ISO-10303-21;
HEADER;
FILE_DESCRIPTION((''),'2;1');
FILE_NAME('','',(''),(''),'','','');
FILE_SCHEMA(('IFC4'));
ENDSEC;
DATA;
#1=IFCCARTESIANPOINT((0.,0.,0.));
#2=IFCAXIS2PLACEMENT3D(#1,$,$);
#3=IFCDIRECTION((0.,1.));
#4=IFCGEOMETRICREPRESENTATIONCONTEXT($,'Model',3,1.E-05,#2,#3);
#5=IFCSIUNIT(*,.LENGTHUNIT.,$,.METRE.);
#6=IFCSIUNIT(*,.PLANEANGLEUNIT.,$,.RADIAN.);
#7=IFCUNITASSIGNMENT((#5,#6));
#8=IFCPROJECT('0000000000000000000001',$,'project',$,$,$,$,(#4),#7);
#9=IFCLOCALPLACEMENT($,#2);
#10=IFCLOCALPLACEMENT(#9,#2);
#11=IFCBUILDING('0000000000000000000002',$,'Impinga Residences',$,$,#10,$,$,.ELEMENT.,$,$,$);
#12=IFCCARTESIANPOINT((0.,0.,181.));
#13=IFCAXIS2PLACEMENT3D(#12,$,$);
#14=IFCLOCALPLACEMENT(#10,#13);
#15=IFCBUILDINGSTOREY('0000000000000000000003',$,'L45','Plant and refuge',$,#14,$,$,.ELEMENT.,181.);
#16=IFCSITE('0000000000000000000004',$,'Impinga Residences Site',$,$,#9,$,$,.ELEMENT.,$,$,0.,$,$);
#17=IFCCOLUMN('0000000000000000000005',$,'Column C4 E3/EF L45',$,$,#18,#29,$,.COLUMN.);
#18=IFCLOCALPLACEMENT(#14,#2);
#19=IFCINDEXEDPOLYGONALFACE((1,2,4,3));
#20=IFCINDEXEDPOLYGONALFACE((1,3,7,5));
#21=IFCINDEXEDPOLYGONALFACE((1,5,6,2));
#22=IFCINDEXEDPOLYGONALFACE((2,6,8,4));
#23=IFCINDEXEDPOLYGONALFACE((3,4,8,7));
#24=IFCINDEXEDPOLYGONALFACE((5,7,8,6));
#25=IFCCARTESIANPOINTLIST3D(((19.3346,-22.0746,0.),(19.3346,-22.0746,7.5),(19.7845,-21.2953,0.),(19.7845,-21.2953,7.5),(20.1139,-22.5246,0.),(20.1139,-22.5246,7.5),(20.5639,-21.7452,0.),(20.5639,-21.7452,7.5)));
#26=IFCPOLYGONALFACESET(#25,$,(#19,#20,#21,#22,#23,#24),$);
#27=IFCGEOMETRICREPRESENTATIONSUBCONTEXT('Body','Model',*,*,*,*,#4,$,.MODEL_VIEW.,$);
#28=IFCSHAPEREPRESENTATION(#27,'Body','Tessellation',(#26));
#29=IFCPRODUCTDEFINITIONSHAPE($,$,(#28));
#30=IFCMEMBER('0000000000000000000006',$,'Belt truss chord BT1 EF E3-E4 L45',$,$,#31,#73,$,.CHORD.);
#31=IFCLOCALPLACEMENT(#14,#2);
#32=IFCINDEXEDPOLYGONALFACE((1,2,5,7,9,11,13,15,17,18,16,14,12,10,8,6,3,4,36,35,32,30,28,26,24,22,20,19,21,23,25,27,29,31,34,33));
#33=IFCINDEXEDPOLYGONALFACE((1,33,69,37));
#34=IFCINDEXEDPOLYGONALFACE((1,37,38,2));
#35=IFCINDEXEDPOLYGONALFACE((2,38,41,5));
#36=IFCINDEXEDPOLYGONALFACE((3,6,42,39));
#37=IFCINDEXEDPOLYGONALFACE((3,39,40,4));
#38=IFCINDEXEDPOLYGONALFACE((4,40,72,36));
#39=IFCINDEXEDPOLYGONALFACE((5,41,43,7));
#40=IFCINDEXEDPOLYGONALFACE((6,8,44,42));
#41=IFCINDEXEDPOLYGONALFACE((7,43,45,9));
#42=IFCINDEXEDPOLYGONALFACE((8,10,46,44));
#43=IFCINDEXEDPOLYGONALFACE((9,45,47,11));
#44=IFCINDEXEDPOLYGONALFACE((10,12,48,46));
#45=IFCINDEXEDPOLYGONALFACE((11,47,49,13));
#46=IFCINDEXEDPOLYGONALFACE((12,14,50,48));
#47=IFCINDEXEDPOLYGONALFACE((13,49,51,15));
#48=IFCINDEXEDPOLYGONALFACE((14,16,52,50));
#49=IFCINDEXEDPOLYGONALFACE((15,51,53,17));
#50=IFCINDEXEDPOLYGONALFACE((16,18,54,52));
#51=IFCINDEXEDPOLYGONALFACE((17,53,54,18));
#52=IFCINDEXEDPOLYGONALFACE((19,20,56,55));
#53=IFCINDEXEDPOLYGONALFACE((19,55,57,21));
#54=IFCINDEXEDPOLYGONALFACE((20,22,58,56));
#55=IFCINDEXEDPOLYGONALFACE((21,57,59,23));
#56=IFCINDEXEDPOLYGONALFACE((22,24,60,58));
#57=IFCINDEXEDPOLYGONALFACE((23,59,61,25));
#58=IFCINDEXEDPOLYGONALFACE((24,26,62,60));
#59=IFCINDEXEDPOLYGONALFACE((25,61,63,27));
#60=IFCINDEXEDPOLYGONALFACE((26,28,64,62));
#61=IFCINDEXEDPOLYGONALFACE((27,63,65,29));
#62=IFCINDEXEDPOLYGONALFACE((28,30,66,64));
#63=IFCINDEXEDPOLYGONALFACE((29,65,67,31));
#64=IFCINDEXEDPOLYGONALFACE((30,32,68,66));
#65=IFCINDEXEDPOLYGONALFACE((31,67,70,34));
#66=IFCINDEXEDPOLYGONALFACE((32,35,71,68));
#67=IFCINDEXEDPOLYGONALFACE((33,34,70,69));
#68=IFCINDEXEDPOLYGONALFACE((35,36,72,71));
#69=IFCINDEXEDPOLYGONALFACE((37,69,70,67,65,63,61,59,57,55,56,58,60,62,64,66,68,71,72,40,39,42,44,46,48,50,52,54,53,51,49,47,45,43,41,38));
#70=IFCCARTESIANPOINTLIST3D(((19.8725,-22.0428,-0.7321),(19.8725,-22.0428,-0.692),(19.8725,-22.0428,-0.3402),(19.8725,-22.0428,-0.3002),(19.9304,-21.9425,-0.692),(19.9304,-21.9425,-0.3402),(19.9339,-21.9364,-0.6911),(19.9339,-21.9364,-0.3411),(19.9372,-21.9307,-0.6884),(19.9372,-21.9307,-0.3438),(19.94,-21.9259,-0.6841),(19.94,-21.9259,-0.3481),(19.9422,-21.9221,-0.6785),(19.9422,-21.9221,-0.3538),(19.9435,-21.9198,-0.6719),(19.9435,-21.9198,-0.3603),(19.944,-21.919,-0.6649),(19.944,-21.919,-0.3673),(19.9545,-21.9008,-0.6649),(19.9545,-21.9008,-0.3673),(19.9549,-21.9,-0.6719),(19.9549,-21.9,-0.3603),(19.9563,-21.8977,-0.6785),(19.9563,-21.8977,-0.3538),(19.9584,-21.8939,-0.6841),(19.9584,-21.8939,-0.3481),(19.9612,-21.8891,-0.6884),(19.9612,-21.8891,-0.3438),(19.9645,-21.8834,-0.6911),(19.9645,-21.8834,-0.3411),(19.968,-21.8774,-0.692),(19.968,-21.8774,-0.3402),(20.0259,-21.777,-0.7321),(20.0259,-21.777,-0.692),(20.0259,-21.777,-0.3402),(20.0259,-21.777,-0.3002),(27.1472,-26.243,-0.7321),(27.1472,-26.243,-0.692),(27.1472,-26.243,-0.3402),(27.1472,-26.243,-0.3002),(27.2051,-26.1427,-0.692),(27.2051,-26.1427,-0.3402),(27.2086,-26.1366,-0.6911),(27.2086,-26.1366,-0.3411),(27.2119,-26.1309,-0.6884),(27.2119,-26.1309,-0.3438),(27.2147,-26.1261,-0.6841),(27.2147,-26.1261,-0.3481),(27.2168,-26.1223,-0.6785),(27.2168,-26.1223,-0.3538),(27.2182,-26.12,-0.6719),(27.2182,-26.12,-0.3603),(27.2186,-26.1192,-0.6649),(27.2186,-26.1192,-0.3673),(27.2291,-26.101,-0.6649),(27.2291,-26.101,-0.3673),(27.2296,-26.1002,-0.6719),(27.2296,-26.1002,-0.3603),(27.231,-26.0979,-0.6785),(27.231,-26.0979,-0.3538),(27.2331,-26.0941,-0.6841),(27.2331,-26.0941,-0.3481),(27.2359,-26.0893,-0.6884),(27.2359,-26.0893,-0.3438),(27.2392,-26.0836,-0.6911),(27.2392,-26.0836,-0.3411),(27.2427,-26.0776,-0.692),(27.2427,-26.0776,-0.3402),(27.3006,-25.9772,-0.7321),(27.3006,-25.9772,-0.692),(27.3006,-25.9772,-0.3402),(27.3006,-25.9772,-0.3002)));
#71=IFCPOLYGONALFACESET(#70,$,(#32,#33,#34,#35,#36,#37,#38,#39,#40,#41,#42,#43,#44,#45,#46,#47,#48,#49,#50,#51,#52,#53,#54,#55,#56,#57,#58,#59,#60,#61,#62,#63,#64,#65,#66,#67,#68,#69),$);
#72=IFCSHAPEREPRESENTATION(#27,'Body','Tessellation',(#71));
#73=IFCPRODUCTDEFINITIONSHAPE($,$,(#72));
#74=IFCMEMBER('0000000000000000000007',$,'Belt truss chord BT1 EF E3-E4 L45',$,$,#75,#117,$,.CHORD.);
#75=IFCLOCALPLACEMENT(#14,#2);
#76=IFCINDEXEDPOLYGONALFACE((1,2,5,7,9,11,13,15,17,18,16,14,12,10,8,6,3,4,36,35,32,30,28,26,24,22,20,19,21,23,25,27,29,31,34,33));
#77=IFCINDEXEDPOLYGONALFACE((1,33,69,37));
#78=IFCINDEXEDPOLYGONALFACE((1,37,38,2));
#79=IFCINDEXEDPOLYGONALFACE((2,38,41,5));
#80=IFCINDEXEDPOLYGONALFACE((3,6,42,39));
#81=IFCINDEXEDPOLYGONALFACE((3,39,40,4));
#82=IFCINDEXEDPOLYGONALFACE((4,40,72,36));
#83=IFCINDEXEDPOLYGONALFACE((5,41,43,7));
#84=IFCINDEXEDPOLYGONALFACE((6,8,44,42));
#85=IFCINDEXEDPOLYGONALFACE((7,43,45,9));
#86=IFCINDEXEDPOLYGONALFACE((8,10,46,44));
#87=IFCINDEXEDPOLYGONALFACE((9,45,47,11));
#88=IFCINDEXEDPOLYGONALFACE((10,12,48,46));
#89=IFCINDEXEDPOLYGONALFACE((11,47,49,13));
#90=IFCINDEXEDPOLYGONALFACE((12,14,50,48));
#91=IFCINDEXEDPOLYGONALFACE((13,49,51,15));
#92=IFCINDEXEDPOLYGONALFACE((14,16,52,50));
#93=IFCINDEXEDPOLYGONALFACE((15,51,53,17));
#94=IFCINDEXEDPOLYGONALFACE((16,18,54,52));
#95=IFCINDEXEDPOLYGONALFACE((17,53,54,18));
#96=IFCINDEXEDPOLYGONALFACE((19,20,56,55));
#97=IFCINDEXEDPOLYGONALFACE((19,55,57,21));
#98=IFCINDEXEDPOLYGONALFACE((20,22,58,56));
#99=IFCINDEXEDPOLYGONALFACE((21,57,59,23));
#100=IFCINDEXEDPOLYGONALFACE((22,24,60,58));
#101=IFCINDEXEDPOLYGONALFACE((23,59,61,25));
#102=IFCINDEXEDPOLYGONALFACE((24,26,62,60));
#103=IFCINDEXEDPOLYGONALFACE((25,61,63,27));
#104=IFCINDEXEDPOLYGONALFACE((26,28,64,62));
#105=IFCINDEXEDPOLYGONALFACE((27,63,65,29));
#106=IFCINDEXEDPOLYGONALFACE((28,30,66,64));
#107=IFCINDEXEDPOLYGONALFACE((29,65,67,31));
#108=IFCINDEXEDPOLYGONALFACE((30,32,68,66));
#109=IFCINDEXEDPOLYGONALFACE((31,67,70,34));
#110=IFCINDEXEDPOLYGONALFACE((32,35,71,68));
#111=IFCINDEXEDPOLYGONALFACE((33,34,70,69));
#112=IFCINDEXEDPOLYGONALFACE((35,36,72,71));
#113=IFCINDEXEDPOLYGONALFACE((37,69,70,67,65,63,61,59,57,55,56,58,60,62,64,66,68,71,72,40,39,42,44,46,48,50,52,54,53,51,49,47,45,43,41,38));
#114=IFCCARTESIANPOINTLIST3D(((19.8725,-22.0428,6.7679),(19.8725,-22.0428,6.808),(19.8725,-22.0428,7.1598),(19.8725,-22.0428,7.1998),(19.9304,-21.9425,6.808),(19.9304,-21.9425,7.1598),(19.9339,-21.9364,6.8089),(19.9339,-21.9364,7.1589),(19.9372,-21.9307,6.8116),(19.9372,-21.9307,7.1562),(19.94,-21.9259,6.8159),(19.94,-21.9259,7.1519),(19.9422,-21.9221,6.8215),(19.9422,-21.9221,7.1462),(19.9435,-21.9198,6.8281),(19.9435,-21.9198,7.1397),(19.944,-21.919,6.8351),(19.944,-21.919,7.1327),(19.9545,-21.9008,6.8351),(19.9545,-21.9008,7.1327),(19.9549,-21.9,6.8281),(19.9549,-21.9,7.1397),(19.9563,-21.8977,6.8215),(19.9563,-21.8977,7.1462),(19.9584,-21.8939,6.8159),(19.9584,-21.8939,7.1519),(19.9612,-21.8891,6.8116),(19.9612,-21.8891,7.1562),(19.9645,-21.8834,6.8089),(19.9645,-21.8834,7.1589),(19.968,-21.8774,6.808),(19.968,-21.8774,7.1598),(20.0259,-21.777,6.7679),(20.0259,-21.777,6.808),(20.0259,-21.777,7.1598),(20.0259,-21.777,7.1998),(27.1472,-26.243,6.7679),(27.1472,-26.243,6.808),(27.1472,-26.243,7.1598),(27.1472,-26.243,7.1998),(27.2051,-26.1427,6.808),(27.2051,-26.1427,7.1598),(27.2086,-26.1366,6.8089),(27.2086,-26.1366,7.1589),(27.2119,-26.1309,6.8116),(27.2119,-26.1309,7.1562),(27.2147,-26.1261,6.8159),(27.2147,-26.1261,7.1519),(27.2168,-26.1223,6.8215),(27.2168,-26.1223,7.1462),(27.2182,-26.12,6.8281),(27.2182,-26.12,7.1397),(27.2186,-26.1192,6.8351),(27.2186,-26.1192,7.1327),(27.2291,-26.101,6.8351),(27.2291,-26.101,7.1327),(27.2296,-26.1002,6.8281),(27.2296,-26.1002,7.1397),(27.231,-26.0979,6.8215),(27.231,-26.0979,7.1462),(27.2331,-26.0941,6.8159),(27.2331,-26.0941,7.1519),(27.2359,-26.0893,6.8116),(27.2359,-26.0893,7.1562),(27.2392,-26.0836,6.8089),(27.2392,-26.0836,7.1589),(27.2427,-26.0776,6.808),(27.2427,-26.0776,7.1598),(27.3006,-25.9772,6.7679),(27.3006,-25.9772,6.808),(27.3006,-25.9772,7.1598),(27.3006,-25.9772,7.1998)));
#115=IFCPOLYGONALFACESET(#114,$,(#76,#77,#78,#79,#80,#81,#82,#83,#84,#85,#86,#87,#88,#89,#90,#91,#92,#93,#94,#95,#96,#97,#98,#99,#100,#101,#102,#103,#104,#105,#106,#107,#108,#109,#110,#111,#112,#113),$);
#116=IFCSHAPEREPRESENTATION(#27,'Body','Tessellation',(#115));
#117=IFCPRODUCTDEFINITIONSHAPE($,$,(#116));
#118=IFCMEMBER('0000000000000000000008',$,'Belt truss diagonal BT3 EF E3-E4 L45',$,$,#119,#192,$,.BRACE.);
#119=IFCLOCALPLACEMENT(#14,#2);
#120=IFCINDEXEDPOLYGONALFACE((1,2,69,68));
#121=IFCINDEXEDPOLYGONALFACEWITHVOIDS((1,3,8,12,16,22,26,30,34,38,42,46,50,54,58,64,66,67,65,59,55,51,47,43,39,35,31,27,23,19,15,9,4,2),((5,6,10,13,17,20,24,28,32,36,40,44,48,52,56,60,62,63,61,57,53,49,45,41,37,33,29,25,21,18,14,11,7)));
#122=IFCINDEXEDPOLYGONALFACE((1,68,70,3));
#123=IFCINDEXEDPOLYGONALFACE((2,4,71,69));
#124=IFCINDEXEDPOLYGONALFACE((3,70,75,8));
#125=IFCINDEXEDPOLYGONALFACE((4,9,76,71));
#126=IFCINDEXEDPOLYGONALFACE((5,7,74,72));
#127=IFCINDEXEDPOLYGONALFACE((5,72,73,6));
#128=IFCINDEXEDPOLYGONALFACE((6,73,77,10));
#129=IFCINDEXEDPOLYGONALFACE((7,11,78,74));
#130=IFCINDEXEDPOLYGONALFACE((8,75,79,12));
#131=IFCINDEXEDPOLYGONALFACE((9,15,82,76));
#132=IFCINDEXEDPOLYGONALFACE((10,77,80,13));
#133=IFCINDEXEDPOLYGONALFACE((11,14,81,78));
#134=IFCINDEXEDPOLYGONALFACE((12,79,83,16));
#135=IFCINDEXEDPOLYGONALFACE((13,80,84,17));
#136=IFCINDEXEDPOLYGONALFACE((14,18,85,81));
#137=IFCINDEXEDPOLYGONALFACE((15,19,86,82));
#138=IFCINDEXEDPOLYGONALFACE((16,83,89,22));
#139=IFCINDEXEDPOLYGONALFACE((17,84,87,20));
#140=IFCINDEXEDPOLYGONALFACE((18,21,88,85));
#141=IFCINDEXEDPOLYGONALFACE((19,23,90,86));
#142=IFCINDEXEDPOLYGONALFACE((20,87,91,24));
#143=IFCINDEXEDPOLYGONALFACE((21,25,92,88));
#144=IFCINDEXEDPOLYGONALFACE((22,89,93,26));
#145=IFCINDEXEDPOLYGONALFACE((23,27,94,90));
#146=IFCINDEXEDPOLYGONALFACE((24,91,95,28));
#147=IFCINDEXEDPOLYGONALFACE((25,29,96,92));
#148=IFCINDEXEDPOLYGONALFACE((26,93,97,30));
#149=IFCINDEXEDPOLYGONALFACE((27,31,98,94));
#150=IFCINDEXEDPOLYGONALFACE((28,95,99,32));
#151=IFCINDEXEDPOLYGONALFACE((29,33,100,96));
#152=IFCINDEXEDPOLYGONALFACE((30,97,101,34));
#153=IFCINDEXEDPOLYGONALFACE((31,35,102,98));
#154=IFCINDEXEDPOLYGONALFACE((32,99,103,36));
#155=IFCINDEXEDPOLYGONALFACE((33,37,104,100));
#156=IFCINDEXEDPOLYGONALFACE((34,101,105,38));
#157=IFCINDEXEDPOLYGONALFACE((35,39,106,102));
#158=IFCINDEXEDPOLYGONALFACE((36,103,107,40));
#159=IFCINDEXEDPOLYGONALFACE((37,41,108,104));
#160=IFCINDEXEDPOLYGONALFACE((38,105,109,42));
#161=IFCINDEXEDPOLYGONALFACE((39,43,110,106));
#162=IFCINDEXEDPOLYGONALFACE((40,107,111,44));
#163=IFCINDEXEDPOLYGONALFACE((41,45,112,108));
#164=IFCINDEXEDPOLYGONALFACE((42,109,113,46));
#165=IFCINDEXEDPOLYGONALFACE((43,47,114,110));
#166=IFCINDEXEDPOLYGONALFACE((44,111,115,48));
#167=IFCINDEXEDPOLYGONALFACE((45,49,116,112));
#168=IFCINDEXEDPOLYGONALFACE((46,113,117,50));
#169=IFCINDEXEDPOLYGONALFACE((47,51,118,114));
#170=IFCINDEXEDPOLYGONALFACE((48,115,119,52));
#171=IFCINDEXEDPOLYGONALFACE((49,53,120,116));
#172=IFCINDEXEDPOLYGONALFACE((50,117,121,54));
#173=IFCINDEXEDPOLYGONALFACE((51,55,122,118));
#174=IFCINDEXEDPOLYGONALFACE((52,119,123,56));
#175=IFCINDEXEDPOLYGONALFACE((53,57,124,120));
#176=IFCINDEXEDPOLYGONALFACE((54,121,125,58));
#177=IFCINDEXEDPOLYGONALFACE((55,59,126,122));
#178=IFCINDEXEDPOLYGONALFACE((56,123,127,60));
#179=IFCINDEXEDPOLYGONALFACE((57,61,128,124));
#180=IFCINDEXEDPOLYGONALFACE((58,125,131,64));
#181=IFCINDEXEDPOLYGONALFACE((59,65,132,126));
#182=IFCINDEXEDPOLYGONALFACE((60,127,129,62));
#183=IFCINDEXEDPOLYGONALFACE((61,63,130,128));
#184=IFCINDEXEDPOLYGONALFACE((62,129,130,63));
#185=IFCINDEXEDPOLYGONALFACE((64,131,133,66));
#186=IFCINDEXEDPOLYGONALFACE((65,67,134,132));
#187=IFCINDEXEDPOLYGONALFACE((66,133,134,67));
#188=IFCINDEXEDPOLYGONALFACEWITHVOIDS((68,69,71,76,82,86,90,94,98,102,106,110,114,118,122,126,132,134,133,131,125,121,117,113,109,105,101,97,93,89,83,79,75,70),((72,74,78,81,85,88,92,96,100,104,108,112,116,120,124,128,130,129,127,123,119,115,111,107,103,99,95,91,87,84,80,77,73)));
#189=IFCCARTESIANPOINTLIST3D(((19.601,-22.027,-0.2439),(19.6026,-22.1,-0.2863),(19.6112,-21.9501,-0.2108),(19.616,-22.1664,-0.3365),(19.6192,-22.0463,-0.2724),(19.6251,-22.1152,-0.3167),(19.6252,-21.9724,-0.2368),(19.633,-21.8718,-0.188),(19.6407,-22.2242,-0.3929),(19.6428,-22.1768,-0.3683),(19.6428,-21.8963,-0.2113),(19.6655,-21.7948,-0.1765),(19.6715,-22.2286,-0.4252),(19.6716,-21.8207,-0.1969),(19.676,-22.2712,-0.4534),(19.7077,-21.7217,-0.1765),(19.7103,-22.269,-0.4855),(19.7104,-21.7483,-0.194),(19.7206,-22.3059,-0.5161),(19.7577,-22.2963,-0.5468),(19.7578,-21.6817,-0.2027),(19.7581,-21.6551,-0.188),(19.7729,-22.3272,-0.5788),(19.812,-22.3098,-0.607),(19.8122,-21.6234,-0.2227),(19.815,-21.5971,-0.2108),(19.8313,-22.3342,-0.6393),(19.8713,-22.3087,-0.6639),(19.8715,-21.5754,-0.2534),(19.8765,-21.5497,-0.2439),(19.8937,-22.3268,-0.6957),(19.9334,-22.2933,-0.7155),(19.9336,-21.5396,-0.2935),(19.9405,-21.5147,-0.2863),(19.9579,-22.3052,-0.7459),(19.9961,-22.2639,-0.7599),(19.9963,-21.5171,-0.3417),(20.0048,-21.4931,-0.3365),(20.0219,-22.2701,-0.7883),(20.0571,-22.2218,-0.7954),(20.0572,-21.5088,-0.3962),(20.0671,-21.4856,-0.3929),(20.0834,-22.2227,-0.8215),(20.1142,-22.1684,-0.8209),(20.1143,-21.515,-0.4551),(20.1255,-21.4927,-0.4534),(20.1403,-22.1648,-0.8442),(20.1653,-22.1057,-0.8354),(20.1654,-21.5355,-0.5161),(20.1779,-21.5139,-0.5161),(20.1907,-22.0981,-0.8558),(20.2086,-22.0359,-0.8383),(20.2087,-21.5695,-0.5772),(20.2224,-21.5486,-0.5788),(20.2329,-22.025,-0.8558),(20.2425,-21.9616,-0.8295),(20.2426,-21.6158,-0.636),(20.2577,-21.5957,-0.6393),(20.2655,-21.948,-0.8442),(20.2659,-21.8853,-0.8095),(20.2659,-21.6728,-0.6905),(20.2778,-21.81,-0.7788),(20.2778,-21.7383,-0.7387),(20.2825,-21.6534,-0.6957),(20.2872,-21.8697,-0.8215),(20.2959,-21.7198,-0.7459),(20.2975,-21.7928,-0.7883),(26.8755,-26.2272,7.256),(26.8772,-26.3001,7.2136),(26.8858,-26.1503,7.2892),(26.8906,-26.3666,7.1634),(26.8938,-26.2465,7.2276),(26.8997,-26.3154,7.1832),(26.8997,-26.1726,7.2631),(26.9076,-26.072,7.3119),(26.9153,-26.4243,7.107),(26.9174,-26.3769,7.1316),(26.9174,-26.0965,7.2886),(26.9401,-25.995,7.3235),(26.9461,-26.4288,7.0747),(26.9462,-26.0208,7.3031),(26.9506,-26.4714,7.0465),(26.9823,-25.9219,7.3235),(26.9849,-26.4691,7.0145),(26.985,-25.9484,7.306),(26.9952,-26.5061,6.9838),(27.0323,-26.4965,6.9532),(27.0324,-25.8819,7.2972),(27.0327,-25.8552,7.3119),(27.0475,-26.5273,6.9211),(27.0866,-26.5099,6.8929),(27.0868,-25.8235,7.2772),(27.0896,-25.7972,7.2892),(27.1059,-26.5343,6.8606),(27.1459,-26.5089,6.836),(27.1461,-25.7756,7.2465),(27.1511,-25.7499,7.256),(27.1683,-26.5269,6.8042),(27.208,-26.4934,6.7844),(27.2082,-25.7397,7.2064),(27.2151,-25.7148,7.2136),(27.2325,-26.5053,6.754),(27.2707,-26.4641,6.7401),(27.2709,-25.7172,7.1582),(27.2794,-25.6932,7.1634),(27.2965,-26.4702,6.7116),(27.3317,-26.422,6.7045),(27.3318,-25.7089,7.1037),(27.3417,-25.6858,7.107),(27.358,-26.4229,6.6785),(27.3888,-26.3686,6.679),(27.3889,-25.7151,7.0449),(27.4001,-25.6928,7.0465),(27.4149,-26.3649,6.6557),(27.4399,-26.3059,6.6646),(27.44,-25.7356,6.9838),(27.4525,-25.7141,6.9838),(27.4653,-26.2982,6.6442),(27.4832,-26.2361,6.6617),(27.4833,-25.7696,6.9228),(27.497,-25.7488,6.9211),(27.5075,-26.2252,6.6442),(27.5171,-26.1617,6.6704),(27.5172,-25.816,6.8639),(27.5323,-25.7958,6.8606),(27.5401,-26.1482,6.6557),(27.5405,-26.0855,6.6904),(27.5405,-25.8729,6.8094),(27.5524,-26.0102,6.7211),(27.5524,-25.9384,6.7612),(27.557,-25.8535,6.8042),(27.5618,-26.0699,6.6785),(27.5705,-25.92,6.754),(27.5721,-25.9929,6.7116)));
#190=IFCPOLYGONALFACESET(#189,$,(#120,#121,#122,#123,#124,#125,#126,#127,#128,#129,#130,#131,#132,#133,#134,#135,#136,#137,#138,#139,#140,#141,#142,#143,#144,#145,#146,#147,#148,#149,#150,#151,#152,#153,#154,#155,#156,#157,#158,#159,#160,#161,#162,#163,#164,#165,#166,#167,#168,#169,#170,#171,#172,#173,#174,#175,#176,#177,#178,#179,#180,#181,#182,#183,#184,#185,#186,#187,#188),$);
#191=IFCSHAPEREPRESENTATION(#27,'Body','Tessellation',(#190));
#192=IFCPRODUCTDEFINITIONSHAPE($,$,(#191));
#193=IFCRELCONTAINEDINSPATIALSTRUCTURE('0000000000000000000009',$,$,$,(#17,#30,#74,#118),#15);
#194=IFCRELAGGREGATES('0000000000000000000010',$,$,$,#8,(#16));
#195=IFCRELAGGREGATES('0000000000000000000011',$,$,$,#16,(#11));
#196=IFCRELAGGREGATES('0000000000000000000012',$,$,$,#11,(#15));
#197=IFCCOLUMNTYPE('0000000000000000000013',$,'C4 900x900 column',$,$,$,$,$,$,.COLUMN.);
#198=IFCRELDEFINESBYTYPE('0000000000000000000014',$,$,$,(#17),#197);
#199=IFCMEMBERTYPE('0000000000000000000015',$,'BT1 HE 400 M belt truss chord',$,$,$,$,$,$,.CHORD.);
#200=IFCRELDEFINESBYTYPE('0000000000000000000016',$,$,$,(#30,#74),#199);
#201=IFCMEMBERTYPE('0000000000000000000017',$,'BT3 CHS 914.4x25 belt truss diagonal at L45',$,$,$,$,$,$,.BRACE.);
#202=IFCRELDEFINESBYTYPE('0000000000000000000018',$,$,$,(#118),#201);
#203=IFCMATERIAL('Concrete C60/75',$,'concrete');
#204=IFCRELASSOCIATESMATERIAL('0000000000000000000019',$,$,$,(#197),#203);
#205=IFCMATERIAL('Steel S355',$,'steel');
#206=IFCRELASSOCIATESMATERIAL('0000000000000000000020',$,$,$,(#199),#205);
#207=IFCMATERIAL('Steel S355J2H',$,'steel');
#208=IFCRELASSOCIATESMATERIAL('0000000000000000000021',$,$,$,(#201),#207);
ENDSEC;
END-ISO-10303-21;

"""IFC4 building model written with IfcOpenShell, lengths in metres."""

from ifc_helpers import new_model, si_unit, direction, frame, origin, origin_2d, place, context, subcontext, project, spatial, rectangle, hollow_circle, i_section, extrude, material, material_profile, profile_set, type_object, element, save


model = new_model("IFC4")

# Units and contexts
model_context = context("Model", 3, precision=1e-05, world=origin(), true_north=direction((0.0, 1.0)))
body_context = subcontext(model_context, "Body", "Model", "MODEL_VIEW")
ifc_project = project(units=[si_unit("LENGTHUNIT", "METRE"), si_unit("PLANEANGLEUNIT", "RADIAN")], contexts=[model_context])

# Site, building, storey
site_placement = place(None, origin())
site = spatial("IfcSite", under=ifc_project, at=site_placement, Name="Impinga Residences Site", CompositionType="ELEMENT", RefElevation=0.0)
building_placement = place(site_placement, origin())
building = spatial("IfcBuilding", under=site, at=building_placement, Name="Impinga Residences", CompositionType="ELEMENT")
storey_placement = place(building_placement, frame((0.0, 0.0, 181.0)))
storey = spatial("IfcBuildingStorey", under=building, at=storey_placement, Name="L45", Description="Plant and refuge", CompositionType="ELEMENT", Elevation=181.0)

# Column
ifc_material_1 = material(Name="Concrete C60/75", Category="concrete")
ifc_material_profile_1 = material_profile(ifc_material_1, rectangle(XDim=0.8999, YDim=0.8999, at=origin_2d()), Name="RC 900x900")
ifc_profile_set_1 = profile_set([ifc_material_profile_1], Name="Concrete C60/75")
column_type = type_object("IfcColumnType", Name="C4 900x900 column", PredefinedType="COLUMN", material=ifc_profile_set_1)
column_placement = place(storey_placement, frame((19.9492, -21.9099, 0.0), z_axis=(0.0, 0.0, 1.0), x_axis=(-0.5, -0.866025, 0.0)))
element("IfcColumn", 1, at=column_placement, inside=storey, type_object=column_type, Name="Column C4 E3/EF L45", PredefinedType="COLUMN", context=body_context, shape_type="SweptSolid", body=[
    extrude(rectangle(XDim=0.8999, YDim=0.8999, at=origin_2d()), origin(), (0.0, 0.0, 1.0), 7.5),
])

# Members
ifc_material_2 = material(Name="Steel S355", Category="steel")
ifc_material_profile_2 = material_profile(ifc_material_2, i_section(OverallWidth=0.3069, OverallDepth=0.4319, WebThickness=0.021, FlangeThickness=0.04, FilletRadius=0.0271, at=origin_2d()), Name="HE 400 M")
ifc_profile_set_2 = profile_set([ifc_material_profile_2], Name="Steel S355")
member_type_1 = type_object("IfcMemberType", Name="BT1 HE 400 M belt truss chord", PredefinedType="CHORD", material=ifc_profile_set_2)
for number, where, z_axis, x_axis, name in (
    (2, (19.9492, -21.9099, -0.5161), (0.866017, -0.500015, 0.0), (0.500015, 0.866017, 0.0), "Belt truss chord BT1 EF E3-E4 L45"),
    (3, (19.9492, -21.9099, 6.9839), (0.866017, -0.500015, 0.0), (0.500015, 0.866017, 0.0), "Belt truss chord BT1 EF E3-E4 L45"),
):
    element("IfcMember", number, at=place(storey_placement, frame(where, z_axis=z_axis, x_axis=x_axis)), inside=storey, type_object=member_type_1, Name=name, PredefinedType="CHORD", context=body_context, shape_type="SweptSolid", body=[
        extrude(i_section(OverallWidth=0.3069, OverallDepth=0.4319, WebThickness=0.021, FlangeThickness=0.04, FilletRadius=0.0271, at=origin_2d()), origin(), (0.0, 0.0, 1.0), 8.4001),
    ])
ifc_material_3 = material(Name="Steel S355J2H", Category="steel")
ifc_material_profile_3 = material_profile(ifc_material_3, hollow_circle(Radius=0.4573, WallThickness=0.0249, at=origin_2d()), Name="CHS 914.4x25")
ifc_profile_set_3 = profile_set([ifc_material_profile_3], Name="Steel S355J2H")
member_type_2 = type_object("IfcMemberType", Name="BT3 CHS 914.4x25 belt truss diagonal at L45", PredefinedType="BRACE", material=ifc_profile_set_3)
member_1_placement = place(storey_placement, frame((19.9492, -21.9099, -0.5161), z_axis=(0.645999, -0.372983, 0.66601), x_axis=(0.500015, 0.866017, 0.0)))
element("IfcMember", 4, at=member_1_placement, inside=storey, type_object=member_type_2, Name="Belt truss diagonal BT3 EF E3-E4 L45", PredefinedType="BRACE", context=body_context, shape_type="SweptSolid", body=[
    extrude(hollow_circle(Radius=0.4573, WallThickness=0.0249, at=origin_2d()), origin(), (0.0, 0.0, 1.0), 11.261),
])

save(model, "model.ifc")
